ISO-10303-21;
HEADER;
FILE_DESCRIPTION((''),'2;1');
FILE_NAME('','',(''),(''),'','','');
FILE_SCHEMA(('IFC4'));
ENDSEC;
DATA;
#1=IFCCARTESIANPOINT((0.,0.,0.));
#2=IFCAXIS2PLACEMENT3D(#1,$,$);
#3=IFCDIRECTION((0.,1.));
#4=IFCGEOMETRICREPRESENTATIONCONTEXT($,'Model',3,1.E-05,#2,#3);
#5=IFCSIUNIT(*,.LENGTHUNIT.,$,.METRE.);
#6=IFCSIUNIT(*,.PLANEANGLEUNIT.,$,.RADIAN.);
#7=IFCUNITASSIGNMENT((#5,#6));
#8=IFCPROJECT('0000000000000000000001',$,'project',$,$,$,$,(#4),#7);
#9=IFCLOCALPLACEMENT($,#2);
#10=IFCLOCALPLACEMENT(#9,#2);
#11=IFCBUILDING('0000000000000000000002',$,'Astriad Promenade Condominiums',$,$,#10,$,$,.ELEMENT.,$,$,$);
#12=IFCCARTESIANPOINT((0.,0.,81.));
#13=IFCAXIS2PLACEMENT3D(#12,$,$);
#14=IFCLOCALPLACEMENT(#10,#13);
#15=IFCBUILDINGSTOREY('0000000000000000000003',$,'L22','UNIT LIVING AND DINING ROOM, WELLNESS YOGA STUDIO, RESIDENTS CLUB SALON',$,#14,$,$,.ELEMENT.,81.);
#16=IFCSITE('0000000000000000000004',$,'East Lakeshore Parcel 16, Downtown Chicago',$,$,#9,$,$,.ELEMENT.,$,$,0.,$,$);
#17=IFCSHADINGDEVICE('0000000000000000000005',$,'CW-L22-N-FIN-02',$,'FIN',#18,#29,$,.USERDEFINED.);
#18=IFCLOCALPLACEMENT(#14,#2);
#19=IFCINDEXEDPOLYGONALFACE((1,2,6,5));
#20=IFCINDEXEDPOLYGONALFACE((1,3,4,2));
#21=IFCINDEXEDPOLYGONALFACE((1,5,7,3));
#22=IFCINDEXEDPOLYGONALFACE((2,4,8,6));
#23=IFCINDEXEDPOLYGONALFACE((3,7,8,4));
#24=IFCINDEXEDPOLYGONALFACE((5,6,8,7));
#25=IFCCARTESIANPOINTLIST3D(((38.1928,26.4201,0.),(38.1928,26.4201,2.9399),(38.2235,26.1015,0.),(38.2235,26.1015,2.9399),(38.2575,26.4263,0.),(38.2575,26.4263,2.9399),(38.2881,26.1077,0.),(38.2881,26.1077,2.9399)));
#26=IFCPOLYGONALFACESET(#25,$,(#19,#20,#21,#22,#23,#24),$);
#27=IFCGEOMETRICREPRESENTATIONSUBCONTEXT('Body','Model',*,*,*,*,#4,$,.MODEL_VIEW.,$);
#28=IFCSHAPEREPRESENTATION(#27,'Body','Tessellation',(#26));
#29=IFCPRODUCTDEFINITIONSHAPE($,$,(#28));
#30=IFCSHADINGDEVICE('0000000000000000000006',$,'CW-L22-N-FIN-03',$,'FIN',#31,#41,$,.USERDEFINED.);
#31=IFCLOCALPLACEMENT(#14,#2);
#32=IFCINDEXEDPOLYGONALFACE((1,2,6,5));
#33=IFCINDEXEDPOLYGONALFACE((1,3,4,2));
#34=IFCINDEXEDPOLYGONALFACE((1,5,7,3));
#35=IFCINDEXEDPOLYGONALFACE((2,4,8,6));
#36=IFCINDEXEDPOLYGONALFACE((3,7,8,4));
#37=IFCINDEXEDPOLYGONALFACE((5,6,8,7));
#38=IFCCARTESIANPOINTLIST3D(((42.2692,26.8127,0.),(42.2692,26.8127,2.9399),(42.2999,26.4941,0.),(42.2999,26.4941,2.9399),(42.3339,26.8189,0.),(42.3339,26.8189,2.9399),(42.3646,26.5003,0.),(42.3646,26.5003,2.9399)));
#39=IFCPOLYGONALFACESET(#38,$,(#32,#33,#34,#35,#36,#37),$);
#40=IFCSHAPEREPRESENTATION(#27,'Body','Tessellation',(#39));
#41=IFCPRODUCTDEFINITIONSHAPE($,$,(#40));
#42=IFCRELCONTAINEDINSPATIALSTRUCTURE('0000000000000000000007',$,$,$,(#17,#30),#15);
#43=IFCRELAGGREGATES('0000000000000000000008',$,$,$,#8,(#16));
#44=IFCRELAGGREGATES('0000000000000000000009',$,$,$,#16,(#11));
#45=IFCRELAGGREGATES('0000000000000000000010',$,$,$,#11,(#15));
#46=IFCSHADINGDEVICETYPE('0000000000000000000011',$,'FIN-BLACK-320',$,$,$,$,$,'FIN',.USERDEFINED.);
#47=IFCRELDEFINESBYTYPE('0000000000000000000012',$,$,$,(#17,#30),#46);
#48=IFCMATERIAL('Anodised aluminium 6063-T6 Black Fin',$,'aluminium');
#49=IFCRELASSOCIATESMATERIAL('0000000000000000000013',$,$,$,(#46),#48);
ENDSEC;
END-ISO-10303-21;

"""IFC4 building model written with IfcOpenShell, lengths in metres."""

from ifc_helpers import new_model, si_unit, direction, frame, origin, origin_2d, place, context, subcontext, project, spatial, rectangle, extrude, source, transform, mapped, material, type_object, type_shapes, element, save


model = new_model("IFC4")

# Units and contexts
model_context = context("Model", 3, precision=1e-05, world=origin(), true_north=direction((0.0, 1.0)))
body_context = subcontext(model_context, "Body", "Model", "MODEL_VIEW")
ifc_project = project(units=[si_unit("LENGTHUNIT", "METRE"), si_unit("PLANEANGLEUNIT", "RADIAN")], contexts=[model_context])

# Site, building, storey
site_placement = place(None, origin())
site = spatial("IfcSite", under=ifc_project, at=site_placement, Name="East Lakeshore Parcel 16, Downtown Chicago", CompositionType="ELEMENT", RefElevation=0.0)
building_placement = place(site_placement, origin())
building = spatial("IfcBuilding", under=site, at=building_placement, Name="Astriad Promenade Condominiums", CompositionType="ELEMENT")
storey_placement = place(building_placement, frame((0.0, 0.0, 81.0)))
storey = spatial("IfcBuildingStorey", under=building, at=storey_placement, Name="L22", Description="UNIT LIVING AND DINING ROOM, WELLNESS YOGA STUDIO, RESIDENTS CLUB SALON", CompositionType="ELEMENT", Elevation=81.0)

# Shading devices
ifc_material_1 = material(Name="Anodised aluminium 6063-T6 Black Fin", Category="aluminium")
shading_device_type = type_object("IfcShadingDeviceType", Name="FIN-BLACK-320", ElementType="FIN", PredefinedType="USERDEFINED", material=ifc_material_1)
shared_shape_1 = source(origin(), body_context, "Body", "SweptSolid", [
    extrude(rectangle(XDim=0.0649, YDim=0.3201, at=origin_2d()), origin(), (0.0, 0.0, 1.0), 2.9399),
])
type_shapes(shading_device_type, [shared_shape_1])
for number, where, z_axis, x_axis, name in (
    (1, (38.2405, 26.2639, 0.0), (0.0, 0.0, 1.0), (0.995396, 0.095846, 0.0), "CW-L22-N-FIN-02"),
    (2, (42.3169, 26.6565, 0.0), (0.0, 0.0, 1.0), (0.995396, 0.095846, 0.0), "CW-L22-N-FIN-03"),
):
    element("IfcShadingDevice", number, at=place(storey_placement, frame(where, z_axis=z_axis, x_axis=x_axis)), inside=storey, type_object=shading_device_type, Name=name, ObjectType="FIN", PredefinedType="USERDEFINED", context=body_context, shape_type="MappedRepresentation", body=[
        mapped(shared_shape_1, transform((0.0, 0.0, 0.0), scale=1.0)),
    ])

save(model, "model.ifc")
